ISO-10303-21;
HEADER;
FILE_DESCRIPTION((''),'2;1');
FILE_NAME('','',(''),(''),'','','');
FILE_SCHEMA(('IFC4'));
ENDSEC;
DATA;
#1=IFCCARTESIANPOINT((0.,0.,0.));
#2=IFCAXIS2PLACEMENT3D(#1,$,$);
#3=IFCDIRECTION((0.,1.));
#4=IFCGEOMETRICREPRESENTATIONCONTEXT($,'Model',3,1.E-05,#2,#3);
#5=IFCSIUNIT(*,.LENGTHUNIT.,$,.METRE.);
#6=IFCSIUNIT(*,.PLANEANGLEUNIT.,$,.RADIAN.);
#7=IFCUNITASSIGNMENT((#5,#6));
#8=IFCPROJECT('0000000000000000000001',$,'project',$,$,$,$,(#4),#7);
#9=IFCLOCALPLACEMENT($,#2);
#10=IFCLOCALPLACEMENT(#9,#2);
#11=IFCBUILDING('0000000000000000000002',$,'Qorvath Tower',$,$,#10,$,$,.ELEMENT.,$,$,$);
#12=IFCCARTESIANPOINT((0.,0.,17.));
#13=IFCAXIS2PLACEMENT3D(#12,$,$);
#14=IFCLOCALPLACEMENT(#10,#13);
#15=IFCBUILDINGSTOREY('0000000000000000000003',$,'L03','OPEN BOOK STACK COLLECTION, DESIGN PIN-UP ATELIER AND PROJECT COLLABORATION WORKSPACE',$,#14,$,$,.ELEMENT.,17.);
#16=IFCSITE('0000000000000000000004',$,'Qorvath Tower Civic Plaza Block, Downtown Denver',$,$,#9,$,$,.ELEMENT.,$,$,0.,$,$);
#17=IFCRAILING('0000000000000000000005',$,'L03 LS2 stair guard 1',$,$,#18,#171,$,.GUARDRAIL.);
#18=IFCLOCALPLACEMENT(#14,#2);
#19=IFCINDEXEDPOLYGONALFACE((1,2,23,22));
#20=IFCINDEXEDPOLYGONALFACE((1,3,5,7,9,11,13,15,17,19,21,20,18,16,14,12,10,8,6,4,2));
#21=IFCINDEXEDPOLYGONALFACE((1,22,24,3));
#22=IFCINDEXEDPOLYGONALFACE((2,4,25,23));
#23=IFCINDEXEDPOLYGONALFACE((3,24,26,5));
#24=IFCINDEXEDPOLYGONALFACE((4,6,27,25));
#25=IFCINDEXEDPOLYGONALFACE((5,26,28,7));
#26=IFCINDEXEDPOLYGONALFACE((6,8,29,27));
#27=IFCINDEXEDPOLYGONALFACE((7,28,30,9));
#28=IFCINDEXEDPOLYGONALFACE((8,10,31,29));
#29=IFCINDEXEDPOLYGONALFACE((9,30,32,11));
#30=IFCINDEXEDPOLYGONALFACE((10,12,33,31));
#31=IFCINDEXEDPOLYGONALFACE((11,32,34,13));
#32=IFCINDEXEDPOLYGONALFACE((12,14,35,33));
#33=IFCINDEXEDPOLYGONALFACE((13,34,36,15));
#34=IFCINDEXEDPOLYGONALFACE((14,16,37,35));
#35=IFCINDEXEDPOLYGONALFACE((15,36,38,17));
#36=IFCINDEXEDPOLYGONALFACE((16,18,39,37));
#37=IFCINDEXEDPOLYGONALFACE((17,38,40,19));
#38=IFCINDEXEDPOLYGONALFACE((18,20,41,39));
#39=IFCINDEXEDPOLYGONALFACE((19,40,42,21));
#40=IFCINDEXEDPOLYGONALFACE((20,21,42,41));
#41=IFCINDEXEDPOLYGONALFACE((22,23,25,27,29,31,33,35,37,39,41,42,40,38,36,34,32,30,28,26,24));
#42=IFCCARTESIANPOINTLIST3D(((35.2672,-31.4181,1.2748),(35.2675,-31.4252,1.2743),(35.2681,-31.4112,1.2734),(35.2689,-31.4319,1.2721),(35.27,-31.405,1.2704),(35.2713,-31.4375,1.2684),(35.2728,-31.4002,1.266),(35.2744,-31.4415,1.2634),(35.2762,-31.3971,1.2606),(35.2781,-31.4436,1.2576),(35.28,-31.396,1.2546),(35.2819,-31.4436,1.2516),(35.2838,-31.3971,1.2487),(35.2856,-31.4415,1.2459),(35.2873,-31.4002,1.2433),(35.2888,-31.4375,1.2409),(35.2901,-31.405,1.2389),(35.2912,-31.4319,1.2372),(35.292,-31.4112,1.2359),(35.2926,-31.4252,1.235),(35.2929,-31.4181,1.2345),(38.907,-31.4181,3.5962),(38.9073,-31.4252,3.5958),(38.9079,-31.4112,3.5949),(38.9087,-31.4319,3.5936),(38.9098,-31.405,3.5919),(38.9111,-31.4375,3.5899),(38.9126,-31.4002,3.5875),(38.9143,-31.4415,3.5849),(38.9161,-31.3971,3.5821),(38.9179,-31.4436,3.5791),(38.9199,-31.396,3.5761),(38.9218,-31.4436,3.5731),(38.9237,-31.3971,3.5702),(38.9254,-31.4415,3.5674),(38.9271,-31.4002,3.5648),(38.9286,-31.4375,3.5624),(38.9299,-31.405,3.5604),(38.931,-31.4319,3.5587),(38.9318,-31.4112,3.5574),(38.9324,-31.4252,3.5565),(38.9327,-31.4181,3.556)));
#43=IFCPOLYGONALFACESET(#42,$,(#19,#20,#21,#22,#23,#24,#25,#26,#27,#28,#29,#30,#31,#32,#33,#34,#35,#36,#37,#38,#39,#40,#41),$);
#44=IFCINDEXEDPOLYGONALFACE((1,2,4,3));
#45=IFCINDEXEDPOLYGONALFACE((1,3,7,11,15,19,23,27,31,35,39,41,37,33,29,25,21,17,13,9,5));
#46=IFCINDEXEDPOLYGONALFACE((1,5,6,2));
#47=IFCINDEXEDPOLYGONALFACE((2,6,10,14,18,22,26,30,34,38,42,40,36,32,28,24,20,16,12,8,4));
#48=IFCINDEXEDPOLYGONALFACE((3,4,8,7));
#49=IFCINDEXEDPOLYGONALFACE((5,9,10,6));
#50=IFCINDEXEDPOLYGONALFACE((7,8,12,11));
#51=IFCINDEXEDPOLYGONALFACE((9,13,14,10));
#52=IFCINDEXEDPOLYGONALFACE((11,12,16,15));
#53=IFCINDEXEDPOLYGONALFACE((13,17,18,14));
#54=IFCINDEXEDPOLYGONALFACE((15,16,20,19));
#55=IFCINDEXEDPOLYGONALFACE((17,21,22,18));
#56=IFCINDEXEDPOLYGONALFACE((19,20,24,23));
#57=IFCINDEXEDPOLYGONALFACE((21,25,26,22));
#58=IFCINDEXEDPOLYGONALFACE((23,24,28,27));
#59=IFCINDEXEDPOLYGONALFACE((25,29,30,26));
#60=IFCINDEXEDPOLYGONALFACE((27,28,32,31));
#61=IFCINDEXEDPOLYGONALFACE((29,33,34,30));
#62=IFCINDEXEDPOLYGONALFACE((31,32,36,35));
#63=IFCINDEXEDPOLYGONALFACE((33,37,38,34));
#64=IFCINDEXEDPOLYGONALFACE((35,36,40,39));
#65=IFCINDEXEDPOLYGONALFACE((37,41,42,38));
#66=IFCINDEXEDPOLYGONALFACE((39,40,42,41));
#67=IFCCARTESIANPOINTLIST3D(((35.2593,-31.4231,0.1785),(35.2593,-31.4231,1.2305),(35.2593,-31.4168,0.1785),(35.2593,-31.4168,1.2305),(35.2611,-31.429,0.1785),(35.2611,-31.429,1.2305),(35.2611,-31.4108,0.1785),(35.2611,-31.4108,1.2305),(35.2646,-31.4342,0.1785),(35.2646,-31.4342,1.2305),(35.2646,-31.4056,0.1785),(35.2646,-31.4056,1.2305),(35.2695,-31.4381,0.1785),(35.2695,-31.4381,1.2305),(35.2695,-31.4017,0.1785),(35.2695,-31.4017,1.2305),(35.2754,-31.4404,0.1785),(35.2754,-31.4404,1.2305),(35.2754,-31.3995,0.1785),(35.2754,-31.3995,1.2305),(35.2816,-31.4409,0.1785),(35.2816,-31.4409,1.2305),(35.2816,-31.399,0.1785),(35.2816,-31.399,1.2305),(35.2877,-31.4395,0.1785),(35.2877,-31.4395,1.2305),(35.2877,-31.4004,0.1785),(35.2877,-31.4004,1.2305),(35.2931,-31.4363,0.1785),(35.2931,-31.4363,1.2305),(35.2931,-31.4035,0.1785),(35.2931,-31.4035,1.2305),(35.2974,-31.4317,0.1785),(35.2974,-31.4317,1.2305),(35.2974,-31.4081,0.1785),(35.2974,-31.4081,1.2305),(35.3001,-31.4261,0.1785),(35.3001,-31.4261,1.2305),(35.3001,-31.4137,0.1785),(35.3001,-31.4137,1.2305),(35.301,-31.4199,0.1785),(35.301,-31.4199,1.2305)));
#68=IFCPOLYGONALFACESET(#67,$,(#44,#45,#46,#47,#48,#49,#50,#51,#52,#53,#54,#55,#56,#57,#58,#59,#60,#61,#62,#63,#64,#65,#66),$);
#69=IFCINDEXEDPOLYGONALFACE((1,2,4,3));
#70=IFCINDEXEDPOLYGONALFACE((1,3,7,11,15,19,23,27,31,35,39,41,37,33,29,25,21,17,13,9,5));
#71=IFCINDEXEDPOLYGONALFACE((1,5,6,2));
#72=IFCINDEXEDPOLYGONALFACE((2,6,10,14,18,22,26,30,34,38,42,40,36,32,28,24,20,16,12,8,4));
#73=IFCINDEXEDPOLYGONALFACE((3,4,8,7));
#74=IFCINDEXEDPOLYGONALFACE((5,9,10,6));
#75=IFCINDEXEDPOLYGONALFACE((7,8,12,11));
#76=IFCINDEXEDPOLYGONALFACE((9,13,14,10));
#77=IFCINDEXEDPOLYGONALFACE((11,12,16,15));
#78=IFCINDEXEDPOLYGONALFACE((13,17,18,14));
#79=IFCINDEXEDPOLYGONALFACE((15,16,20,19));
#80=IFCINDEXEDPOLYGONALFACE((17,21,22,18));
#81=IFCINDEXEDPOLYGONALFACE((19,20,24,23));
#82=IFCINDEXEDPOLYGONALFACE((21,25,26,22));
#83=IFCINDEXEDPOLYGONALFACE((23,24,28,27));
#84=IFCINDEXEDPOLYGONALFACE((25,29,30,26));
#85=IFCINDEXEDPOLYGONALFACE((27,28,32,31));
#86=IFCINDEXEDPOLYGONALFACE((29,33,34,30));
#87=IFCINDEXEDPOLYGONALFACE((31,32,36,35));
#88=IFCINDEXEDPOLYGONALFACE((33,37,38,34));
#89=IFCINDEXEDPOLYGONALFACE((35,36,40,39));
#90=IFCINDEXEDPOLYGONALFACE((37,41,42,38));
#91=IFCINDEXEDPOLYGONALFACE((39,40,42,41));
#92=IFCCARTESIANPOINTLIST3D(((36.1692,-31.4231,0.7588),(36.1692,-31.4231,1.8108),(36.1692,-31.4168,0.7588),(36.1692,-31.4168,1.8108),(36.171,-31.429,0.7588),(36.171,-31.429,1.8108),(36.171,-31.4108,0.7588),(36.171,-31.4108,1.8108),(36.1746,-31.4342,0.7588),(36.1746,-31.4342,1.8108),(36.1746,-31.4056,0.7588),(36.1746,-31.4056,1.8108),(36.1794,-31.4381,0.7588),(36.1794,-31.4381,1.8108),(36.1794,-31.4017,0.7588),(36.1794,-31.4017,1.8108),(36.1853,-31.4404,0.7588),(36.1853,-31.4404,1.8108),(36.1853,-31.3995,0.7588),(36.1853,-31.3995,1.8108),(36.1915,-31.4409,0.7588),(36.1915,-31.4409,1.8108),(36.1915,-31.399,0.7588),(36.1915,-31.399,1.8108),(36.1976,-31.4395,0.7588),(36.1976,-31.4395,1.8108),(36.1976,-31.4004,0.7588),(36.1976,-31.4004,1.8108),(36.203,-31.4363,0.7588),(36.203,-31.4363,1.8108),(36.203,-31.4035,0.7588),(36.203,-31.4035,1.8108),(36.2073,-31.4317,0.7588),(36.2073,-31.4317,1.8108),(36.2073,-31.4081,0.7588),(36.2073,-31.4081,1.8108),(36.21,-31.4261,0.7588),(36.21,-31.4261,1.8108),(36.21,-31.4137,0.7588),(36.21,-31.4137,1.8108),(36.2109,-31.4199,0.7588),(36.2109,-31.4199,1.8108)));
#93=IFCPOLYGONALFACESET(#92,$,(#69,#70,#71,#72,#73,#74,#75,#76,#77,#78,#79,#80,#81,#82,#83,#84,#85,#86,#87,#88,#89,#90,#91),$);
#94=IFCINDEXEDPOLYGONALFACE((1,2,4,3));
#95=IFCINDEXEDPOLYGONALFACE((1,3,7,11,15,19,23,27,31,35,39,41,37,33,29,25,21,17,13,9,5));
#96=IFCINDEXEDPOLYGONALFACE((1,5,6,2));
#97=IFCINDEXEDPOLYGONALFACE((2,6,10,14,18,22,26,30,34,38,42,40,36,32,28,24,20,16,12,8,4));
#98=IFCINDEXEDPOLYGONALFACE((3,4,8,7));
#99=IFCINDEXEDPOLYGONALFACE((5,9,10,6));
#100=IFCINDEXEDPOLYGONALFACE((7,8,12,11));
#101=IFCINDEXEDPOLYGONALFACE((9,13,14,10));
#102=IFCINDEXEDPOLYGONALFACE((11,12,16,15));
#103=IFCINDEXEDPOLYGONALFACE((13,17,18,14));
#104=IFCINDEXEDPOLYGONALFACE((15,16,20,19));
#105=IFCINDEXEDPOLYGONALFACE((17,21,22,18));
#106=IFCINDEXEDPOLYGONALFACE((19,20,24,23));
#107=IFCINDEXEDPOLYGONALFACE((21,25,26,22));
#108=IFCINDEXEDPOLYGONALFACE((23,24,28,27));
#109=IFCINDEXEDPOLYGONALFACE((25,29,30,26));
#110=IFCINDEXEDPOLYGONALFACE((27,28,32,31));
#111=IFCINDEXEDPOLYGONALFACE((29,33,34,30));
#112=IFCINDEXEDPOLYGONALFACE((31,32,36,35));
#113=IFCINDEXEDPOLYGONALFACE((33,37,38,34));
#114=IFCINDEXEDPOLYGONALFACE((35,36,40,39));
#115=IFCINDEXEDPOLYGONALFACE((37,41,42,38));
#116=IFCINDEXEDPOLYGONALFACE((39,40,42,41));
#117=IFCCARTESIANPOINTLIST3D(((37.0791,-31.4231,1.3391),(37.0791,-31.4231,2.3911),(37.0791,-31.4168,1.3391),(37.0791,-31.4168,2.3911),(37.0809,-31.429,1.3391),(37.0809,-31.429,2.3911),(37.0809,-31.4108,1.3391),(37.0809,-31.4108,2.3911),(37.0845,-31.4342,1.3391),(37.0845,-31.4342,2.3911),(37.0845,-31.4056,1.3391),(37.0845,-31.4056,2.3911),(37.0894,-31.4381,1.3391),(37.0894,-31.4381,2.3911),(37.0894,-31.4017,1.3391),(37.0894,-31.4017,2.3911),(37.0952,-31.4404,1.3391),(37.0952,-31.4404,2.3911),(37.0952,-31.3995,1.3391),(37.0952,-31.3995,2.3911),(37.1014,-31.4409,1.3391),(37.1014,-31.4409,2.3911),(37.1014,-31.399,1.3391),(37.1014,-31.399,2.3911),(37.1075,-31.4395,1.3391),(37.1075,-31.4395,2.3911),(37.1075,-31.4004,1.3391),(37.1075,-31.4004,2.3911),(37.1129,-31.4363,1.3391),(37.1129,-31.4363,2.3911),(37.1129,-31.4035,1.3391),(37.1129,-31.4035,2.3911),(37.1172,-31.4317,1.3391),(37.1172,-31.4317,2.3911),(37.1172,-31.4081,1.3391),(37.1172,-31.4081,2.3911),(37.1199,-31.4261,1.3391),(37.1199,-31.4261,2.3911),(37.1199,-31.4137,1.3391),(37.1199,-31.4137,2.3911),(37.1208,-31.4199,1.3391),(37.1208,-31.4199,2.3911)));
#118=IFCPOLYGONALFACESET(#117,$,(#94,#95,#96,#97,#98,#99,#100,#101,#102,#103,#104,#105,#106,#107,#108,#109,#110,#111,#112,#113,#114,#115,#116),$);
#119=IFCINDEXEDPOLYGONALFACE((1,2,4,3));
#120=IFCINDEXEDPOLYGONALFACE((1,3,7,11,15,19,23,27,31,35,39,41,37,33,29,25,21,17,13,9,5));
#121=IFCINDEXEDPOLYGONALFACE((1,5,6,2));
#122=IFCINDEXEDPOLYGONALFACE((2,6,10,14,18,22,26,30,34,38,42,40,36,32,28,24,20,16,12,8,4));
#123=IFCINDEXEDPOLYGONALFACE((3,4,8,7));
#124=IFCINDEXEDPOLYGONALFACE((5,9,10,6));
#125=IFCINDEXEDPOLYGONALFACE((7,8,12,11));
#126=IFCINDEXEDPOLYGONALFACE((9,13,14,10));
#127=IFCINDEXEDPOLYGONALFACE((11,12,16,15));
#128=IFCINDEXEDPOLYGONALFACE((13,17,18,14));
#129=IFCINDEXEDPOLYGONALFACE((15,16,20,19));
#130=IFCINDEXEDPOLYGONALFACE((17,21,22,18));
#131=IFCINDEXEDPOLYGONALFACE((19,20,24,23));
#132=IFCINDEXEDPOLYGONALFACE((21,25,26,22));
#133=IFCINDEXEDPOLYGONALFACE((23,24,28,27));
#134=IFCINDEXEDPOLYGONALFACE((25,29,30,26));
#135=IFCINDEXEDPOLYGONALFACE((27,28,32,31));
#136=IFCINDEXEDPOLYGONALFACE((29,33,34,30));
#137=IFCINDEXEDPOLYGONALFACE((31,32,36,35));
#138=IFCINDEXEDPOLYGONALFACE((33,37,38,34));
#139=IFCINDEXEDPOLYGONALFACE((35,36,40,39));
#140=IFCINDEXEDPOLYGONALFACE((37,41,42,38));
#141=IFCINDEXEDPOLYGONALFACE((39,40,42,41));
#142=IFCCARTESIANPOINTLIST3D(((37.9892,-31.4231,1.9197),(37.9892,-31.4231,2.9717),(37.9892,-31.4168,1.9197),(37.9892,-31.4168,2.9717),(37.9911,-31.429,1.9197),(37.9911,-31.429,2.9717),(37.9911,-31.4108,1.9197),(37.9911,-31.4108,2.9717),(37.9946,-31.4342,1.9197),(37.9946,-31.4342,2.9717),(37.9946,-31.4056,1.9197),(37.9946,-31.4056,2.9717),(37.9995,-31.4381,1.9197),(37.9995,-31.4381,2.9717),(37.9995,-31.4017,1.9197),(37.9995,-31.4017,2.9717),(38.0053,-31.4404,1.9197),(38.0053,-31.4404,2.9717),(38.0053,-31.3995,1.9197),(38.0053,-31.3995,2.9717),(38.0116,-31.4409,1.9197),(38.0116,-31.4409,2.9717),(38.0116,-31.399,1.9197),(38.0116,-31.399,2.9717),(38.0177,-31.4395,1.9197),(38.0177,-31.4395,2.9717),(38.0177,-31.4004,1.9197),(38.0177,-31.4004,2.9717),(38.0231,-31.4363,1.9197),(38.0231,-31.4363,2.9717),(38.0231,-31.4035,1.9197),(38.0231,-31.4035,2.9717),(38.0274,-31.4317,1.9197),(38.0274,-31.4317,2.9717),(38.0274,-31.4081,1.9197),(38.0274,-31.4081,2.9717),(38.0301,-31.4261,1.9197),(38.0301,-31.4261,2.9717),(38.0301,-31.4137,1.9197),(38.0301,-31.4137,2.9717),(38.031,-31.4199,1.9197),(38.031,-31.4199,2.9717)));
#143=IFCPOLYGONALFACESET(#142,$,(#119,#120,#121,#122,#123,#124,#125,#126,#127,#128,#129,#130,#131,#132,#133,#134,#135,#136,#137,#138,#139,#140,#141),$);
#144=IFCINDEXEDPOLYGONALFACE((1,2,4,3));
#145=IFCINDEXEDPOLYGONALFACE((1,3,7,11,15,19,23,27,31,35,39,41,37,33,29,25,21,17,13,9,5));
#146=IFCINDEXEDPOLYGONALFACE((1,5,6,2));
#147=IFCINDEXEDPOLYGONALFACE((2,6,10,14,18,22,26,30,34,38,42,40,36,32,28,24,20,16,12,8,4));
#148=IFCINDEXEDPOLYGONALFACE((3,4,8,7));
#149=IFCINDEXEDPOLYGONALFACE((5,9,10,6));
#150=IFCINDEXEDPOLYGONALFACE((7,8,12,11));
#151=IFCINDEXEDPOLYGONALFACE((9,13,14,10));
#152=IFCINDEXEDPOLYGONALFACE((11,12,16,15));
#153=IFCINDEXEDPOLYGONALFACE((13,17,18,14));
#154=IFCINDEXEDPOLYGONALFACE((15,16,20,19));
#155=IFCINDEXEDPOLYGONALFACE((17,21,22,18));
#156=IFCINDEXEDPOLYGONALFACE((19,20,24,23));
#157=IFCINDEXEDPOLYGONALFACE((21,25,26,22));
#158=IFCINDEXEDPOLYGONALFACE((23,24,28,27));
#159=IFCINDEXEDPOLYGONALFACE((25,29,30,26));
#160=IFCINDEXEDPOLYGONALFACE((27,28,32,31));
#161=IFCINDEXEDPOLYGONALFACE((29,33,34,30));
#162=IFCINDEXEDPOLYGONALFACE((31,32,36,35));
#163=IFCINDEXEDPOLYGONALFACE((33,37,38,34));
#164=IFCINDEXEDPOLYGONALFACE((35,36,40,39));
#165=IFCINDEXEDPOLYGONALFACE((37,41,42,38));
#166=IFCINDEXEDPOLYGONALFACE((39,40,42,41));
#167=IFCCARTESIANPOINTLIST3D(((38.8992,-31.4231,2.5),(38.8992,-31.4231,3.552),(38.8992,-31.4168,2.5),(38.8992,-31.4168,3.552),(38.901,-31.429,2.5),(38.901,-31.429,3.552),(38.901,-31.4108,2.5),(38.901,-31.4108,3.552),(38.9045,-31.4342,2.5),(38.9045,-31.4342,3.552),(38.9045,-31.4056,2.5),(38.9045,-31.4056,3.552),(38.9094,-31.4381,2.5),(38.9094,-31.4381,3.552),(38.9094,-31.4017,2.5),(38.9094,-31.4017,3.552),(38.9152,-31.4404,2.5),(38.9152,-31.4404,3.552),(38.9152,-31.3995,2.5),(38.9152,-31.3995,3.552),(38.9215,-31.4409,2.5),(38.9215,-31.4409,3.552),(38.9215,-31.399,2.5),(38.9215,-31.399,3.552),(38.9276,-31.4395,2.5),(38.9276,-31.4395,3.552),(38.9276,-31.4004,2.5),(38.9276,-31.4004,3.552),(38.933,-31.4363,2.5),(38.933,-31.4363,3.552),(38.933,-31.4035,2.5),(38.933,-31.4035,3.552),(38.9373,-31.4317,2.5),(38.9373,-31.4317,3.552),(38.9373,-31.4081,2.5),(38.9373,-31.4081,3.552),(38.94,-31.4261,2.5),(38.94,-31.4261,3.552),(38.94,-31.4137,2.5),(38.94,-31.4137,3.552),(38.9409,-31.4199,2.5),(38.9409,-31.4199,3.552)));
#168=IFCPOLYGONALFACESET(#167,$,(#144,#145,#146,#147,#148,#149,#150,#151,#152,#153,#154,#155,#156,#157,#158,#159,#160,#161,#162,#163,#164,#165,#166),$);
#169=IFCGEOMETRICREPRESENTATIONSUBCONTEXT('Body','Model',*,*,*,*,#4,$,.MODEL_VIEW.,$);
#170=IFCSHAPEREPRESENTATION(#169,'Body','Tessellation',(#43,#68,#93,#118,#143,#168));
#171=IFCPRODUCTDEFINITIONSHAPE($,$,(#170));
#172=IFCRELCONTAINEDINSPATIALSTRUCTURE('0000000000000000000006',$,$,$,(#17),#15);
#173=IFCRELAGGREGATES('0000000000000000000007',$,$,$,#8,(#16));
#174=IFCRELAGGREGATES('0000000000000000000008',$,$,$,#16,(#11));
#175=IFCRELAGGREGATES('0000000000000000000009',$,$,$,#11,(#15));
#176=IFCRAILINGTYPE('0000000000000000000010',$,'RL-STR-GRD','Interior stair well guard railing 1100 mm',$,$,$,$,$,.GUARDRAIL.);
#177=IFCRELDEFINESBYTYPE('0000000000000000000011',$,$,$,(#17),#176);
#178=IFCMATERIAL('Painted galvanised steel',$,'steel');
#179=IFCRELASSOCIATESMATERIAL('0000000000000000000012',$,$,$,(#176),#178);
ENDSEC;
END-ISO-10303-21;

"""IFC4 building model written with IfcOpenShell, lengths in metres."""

from ifc_helpers import new_model, si_unit, direction, frame, origin, origin_2d, place, context, subcontext, project, spatial, circle, extrude, material, type_object, element, save


model = new_model("IFC4")

# Units and contexts
model_context = context("Model", 3, precision=1e-05, world=origin(), true_north=direction((0.0, 1.0)))
body_context = subcontext(model_context, "Body", "Model", "MODEL_VIEW")
ifc_project = project(units=[si_unit("LENGTHUNIT", "METRE"), si_unit("PLANEANGLEUNIT", "RADIAN")], contexts=[model_context])

# Site, building, storey
site_placement = place(None, origin())
site = spatial("IfcSite", under=ifc_project, at=site_placement, Name="Qorvath Tower Civic Plaza Block, Downtown Denver", CompositionType="ELEMENT", RefElevation=0.0)
building_placement = place(site_placement, origin())
building = spatial("IfcBuilding", under=site, at=building_placement, Name="Qorvath Tower", CompositionType="ELEMENT")
storey_placement = place(building_placement, frame((0.0, 0.0, 17.0)))
storey = spatial("IfcBuildingStorey", under=building, at=storey_placement, Name="L03", Description="OPEN BOOK STACK COLLECTION, DESIGN PIN-UP ATELIER AND PROJECT COLLABORATION WORKSPACE", CompositionType="ELEMENT", Elevation=17.0)

# Railing
ifc_material_1 = material(Name="Painted galvanised steel", Category="steel")
railing_type_1 = type_object("IfcRailingType", Name="RL-STR-GRD", Description="Interior stair well guard railing 1100 mm", PredefinedType="GUARDRAIL", material=ifc_material_1)
railing_1_placement = place(storey_placement, frame((35.28, -31.4199, 0.1785)))
element("IfcRailing", 1, at=railing_1_placement, inside=storey, type_object=railing_type_1, Name="L03 LS2 stair guard 1", PredefinedType="GUARDRAIL", context=body_context, shape_type="SweptSolid", body=[
    extrude(circle(Radius=0.0239, at=origin_2d()), frame((0.0, 0.0, 1.0762), z_axis=(0.843112, 0.0, 0.537739), x_axis=(0.0, 1.0, 0.0)), (0.0, 0.0, 1.0), 4.3171),
    extrude(circle(Radius=0.021, at=origin_2d()), origin(), (0.0, 0.0, 1.0), 1.052),
    extrude(circle(Radius=0.021, at=origin_2d()), frame((0.9099, 0.0, 0.5803)), (0.0, 0.0, 1.0), 1.052),
    extrude(circle(Radius=0.021, at=origin_2d()), frame((1.8198, 0.0, 1.1606)), (0.0, 0.0, 1.0), 1.052),
    extrude(circle(Radius=0.021, at=origin_2d()), frame((2.73, 0.0, 1.7412)), (0.0, 0.0, 1.0), 1.052),
    extrude(circle(Radius=0.021, at=origin_2d()), frame((3.6399, 0.0, 2.3215)), (0.0, 0.0, 1.0), 1.052),
])

save(model, "model.ifc")
